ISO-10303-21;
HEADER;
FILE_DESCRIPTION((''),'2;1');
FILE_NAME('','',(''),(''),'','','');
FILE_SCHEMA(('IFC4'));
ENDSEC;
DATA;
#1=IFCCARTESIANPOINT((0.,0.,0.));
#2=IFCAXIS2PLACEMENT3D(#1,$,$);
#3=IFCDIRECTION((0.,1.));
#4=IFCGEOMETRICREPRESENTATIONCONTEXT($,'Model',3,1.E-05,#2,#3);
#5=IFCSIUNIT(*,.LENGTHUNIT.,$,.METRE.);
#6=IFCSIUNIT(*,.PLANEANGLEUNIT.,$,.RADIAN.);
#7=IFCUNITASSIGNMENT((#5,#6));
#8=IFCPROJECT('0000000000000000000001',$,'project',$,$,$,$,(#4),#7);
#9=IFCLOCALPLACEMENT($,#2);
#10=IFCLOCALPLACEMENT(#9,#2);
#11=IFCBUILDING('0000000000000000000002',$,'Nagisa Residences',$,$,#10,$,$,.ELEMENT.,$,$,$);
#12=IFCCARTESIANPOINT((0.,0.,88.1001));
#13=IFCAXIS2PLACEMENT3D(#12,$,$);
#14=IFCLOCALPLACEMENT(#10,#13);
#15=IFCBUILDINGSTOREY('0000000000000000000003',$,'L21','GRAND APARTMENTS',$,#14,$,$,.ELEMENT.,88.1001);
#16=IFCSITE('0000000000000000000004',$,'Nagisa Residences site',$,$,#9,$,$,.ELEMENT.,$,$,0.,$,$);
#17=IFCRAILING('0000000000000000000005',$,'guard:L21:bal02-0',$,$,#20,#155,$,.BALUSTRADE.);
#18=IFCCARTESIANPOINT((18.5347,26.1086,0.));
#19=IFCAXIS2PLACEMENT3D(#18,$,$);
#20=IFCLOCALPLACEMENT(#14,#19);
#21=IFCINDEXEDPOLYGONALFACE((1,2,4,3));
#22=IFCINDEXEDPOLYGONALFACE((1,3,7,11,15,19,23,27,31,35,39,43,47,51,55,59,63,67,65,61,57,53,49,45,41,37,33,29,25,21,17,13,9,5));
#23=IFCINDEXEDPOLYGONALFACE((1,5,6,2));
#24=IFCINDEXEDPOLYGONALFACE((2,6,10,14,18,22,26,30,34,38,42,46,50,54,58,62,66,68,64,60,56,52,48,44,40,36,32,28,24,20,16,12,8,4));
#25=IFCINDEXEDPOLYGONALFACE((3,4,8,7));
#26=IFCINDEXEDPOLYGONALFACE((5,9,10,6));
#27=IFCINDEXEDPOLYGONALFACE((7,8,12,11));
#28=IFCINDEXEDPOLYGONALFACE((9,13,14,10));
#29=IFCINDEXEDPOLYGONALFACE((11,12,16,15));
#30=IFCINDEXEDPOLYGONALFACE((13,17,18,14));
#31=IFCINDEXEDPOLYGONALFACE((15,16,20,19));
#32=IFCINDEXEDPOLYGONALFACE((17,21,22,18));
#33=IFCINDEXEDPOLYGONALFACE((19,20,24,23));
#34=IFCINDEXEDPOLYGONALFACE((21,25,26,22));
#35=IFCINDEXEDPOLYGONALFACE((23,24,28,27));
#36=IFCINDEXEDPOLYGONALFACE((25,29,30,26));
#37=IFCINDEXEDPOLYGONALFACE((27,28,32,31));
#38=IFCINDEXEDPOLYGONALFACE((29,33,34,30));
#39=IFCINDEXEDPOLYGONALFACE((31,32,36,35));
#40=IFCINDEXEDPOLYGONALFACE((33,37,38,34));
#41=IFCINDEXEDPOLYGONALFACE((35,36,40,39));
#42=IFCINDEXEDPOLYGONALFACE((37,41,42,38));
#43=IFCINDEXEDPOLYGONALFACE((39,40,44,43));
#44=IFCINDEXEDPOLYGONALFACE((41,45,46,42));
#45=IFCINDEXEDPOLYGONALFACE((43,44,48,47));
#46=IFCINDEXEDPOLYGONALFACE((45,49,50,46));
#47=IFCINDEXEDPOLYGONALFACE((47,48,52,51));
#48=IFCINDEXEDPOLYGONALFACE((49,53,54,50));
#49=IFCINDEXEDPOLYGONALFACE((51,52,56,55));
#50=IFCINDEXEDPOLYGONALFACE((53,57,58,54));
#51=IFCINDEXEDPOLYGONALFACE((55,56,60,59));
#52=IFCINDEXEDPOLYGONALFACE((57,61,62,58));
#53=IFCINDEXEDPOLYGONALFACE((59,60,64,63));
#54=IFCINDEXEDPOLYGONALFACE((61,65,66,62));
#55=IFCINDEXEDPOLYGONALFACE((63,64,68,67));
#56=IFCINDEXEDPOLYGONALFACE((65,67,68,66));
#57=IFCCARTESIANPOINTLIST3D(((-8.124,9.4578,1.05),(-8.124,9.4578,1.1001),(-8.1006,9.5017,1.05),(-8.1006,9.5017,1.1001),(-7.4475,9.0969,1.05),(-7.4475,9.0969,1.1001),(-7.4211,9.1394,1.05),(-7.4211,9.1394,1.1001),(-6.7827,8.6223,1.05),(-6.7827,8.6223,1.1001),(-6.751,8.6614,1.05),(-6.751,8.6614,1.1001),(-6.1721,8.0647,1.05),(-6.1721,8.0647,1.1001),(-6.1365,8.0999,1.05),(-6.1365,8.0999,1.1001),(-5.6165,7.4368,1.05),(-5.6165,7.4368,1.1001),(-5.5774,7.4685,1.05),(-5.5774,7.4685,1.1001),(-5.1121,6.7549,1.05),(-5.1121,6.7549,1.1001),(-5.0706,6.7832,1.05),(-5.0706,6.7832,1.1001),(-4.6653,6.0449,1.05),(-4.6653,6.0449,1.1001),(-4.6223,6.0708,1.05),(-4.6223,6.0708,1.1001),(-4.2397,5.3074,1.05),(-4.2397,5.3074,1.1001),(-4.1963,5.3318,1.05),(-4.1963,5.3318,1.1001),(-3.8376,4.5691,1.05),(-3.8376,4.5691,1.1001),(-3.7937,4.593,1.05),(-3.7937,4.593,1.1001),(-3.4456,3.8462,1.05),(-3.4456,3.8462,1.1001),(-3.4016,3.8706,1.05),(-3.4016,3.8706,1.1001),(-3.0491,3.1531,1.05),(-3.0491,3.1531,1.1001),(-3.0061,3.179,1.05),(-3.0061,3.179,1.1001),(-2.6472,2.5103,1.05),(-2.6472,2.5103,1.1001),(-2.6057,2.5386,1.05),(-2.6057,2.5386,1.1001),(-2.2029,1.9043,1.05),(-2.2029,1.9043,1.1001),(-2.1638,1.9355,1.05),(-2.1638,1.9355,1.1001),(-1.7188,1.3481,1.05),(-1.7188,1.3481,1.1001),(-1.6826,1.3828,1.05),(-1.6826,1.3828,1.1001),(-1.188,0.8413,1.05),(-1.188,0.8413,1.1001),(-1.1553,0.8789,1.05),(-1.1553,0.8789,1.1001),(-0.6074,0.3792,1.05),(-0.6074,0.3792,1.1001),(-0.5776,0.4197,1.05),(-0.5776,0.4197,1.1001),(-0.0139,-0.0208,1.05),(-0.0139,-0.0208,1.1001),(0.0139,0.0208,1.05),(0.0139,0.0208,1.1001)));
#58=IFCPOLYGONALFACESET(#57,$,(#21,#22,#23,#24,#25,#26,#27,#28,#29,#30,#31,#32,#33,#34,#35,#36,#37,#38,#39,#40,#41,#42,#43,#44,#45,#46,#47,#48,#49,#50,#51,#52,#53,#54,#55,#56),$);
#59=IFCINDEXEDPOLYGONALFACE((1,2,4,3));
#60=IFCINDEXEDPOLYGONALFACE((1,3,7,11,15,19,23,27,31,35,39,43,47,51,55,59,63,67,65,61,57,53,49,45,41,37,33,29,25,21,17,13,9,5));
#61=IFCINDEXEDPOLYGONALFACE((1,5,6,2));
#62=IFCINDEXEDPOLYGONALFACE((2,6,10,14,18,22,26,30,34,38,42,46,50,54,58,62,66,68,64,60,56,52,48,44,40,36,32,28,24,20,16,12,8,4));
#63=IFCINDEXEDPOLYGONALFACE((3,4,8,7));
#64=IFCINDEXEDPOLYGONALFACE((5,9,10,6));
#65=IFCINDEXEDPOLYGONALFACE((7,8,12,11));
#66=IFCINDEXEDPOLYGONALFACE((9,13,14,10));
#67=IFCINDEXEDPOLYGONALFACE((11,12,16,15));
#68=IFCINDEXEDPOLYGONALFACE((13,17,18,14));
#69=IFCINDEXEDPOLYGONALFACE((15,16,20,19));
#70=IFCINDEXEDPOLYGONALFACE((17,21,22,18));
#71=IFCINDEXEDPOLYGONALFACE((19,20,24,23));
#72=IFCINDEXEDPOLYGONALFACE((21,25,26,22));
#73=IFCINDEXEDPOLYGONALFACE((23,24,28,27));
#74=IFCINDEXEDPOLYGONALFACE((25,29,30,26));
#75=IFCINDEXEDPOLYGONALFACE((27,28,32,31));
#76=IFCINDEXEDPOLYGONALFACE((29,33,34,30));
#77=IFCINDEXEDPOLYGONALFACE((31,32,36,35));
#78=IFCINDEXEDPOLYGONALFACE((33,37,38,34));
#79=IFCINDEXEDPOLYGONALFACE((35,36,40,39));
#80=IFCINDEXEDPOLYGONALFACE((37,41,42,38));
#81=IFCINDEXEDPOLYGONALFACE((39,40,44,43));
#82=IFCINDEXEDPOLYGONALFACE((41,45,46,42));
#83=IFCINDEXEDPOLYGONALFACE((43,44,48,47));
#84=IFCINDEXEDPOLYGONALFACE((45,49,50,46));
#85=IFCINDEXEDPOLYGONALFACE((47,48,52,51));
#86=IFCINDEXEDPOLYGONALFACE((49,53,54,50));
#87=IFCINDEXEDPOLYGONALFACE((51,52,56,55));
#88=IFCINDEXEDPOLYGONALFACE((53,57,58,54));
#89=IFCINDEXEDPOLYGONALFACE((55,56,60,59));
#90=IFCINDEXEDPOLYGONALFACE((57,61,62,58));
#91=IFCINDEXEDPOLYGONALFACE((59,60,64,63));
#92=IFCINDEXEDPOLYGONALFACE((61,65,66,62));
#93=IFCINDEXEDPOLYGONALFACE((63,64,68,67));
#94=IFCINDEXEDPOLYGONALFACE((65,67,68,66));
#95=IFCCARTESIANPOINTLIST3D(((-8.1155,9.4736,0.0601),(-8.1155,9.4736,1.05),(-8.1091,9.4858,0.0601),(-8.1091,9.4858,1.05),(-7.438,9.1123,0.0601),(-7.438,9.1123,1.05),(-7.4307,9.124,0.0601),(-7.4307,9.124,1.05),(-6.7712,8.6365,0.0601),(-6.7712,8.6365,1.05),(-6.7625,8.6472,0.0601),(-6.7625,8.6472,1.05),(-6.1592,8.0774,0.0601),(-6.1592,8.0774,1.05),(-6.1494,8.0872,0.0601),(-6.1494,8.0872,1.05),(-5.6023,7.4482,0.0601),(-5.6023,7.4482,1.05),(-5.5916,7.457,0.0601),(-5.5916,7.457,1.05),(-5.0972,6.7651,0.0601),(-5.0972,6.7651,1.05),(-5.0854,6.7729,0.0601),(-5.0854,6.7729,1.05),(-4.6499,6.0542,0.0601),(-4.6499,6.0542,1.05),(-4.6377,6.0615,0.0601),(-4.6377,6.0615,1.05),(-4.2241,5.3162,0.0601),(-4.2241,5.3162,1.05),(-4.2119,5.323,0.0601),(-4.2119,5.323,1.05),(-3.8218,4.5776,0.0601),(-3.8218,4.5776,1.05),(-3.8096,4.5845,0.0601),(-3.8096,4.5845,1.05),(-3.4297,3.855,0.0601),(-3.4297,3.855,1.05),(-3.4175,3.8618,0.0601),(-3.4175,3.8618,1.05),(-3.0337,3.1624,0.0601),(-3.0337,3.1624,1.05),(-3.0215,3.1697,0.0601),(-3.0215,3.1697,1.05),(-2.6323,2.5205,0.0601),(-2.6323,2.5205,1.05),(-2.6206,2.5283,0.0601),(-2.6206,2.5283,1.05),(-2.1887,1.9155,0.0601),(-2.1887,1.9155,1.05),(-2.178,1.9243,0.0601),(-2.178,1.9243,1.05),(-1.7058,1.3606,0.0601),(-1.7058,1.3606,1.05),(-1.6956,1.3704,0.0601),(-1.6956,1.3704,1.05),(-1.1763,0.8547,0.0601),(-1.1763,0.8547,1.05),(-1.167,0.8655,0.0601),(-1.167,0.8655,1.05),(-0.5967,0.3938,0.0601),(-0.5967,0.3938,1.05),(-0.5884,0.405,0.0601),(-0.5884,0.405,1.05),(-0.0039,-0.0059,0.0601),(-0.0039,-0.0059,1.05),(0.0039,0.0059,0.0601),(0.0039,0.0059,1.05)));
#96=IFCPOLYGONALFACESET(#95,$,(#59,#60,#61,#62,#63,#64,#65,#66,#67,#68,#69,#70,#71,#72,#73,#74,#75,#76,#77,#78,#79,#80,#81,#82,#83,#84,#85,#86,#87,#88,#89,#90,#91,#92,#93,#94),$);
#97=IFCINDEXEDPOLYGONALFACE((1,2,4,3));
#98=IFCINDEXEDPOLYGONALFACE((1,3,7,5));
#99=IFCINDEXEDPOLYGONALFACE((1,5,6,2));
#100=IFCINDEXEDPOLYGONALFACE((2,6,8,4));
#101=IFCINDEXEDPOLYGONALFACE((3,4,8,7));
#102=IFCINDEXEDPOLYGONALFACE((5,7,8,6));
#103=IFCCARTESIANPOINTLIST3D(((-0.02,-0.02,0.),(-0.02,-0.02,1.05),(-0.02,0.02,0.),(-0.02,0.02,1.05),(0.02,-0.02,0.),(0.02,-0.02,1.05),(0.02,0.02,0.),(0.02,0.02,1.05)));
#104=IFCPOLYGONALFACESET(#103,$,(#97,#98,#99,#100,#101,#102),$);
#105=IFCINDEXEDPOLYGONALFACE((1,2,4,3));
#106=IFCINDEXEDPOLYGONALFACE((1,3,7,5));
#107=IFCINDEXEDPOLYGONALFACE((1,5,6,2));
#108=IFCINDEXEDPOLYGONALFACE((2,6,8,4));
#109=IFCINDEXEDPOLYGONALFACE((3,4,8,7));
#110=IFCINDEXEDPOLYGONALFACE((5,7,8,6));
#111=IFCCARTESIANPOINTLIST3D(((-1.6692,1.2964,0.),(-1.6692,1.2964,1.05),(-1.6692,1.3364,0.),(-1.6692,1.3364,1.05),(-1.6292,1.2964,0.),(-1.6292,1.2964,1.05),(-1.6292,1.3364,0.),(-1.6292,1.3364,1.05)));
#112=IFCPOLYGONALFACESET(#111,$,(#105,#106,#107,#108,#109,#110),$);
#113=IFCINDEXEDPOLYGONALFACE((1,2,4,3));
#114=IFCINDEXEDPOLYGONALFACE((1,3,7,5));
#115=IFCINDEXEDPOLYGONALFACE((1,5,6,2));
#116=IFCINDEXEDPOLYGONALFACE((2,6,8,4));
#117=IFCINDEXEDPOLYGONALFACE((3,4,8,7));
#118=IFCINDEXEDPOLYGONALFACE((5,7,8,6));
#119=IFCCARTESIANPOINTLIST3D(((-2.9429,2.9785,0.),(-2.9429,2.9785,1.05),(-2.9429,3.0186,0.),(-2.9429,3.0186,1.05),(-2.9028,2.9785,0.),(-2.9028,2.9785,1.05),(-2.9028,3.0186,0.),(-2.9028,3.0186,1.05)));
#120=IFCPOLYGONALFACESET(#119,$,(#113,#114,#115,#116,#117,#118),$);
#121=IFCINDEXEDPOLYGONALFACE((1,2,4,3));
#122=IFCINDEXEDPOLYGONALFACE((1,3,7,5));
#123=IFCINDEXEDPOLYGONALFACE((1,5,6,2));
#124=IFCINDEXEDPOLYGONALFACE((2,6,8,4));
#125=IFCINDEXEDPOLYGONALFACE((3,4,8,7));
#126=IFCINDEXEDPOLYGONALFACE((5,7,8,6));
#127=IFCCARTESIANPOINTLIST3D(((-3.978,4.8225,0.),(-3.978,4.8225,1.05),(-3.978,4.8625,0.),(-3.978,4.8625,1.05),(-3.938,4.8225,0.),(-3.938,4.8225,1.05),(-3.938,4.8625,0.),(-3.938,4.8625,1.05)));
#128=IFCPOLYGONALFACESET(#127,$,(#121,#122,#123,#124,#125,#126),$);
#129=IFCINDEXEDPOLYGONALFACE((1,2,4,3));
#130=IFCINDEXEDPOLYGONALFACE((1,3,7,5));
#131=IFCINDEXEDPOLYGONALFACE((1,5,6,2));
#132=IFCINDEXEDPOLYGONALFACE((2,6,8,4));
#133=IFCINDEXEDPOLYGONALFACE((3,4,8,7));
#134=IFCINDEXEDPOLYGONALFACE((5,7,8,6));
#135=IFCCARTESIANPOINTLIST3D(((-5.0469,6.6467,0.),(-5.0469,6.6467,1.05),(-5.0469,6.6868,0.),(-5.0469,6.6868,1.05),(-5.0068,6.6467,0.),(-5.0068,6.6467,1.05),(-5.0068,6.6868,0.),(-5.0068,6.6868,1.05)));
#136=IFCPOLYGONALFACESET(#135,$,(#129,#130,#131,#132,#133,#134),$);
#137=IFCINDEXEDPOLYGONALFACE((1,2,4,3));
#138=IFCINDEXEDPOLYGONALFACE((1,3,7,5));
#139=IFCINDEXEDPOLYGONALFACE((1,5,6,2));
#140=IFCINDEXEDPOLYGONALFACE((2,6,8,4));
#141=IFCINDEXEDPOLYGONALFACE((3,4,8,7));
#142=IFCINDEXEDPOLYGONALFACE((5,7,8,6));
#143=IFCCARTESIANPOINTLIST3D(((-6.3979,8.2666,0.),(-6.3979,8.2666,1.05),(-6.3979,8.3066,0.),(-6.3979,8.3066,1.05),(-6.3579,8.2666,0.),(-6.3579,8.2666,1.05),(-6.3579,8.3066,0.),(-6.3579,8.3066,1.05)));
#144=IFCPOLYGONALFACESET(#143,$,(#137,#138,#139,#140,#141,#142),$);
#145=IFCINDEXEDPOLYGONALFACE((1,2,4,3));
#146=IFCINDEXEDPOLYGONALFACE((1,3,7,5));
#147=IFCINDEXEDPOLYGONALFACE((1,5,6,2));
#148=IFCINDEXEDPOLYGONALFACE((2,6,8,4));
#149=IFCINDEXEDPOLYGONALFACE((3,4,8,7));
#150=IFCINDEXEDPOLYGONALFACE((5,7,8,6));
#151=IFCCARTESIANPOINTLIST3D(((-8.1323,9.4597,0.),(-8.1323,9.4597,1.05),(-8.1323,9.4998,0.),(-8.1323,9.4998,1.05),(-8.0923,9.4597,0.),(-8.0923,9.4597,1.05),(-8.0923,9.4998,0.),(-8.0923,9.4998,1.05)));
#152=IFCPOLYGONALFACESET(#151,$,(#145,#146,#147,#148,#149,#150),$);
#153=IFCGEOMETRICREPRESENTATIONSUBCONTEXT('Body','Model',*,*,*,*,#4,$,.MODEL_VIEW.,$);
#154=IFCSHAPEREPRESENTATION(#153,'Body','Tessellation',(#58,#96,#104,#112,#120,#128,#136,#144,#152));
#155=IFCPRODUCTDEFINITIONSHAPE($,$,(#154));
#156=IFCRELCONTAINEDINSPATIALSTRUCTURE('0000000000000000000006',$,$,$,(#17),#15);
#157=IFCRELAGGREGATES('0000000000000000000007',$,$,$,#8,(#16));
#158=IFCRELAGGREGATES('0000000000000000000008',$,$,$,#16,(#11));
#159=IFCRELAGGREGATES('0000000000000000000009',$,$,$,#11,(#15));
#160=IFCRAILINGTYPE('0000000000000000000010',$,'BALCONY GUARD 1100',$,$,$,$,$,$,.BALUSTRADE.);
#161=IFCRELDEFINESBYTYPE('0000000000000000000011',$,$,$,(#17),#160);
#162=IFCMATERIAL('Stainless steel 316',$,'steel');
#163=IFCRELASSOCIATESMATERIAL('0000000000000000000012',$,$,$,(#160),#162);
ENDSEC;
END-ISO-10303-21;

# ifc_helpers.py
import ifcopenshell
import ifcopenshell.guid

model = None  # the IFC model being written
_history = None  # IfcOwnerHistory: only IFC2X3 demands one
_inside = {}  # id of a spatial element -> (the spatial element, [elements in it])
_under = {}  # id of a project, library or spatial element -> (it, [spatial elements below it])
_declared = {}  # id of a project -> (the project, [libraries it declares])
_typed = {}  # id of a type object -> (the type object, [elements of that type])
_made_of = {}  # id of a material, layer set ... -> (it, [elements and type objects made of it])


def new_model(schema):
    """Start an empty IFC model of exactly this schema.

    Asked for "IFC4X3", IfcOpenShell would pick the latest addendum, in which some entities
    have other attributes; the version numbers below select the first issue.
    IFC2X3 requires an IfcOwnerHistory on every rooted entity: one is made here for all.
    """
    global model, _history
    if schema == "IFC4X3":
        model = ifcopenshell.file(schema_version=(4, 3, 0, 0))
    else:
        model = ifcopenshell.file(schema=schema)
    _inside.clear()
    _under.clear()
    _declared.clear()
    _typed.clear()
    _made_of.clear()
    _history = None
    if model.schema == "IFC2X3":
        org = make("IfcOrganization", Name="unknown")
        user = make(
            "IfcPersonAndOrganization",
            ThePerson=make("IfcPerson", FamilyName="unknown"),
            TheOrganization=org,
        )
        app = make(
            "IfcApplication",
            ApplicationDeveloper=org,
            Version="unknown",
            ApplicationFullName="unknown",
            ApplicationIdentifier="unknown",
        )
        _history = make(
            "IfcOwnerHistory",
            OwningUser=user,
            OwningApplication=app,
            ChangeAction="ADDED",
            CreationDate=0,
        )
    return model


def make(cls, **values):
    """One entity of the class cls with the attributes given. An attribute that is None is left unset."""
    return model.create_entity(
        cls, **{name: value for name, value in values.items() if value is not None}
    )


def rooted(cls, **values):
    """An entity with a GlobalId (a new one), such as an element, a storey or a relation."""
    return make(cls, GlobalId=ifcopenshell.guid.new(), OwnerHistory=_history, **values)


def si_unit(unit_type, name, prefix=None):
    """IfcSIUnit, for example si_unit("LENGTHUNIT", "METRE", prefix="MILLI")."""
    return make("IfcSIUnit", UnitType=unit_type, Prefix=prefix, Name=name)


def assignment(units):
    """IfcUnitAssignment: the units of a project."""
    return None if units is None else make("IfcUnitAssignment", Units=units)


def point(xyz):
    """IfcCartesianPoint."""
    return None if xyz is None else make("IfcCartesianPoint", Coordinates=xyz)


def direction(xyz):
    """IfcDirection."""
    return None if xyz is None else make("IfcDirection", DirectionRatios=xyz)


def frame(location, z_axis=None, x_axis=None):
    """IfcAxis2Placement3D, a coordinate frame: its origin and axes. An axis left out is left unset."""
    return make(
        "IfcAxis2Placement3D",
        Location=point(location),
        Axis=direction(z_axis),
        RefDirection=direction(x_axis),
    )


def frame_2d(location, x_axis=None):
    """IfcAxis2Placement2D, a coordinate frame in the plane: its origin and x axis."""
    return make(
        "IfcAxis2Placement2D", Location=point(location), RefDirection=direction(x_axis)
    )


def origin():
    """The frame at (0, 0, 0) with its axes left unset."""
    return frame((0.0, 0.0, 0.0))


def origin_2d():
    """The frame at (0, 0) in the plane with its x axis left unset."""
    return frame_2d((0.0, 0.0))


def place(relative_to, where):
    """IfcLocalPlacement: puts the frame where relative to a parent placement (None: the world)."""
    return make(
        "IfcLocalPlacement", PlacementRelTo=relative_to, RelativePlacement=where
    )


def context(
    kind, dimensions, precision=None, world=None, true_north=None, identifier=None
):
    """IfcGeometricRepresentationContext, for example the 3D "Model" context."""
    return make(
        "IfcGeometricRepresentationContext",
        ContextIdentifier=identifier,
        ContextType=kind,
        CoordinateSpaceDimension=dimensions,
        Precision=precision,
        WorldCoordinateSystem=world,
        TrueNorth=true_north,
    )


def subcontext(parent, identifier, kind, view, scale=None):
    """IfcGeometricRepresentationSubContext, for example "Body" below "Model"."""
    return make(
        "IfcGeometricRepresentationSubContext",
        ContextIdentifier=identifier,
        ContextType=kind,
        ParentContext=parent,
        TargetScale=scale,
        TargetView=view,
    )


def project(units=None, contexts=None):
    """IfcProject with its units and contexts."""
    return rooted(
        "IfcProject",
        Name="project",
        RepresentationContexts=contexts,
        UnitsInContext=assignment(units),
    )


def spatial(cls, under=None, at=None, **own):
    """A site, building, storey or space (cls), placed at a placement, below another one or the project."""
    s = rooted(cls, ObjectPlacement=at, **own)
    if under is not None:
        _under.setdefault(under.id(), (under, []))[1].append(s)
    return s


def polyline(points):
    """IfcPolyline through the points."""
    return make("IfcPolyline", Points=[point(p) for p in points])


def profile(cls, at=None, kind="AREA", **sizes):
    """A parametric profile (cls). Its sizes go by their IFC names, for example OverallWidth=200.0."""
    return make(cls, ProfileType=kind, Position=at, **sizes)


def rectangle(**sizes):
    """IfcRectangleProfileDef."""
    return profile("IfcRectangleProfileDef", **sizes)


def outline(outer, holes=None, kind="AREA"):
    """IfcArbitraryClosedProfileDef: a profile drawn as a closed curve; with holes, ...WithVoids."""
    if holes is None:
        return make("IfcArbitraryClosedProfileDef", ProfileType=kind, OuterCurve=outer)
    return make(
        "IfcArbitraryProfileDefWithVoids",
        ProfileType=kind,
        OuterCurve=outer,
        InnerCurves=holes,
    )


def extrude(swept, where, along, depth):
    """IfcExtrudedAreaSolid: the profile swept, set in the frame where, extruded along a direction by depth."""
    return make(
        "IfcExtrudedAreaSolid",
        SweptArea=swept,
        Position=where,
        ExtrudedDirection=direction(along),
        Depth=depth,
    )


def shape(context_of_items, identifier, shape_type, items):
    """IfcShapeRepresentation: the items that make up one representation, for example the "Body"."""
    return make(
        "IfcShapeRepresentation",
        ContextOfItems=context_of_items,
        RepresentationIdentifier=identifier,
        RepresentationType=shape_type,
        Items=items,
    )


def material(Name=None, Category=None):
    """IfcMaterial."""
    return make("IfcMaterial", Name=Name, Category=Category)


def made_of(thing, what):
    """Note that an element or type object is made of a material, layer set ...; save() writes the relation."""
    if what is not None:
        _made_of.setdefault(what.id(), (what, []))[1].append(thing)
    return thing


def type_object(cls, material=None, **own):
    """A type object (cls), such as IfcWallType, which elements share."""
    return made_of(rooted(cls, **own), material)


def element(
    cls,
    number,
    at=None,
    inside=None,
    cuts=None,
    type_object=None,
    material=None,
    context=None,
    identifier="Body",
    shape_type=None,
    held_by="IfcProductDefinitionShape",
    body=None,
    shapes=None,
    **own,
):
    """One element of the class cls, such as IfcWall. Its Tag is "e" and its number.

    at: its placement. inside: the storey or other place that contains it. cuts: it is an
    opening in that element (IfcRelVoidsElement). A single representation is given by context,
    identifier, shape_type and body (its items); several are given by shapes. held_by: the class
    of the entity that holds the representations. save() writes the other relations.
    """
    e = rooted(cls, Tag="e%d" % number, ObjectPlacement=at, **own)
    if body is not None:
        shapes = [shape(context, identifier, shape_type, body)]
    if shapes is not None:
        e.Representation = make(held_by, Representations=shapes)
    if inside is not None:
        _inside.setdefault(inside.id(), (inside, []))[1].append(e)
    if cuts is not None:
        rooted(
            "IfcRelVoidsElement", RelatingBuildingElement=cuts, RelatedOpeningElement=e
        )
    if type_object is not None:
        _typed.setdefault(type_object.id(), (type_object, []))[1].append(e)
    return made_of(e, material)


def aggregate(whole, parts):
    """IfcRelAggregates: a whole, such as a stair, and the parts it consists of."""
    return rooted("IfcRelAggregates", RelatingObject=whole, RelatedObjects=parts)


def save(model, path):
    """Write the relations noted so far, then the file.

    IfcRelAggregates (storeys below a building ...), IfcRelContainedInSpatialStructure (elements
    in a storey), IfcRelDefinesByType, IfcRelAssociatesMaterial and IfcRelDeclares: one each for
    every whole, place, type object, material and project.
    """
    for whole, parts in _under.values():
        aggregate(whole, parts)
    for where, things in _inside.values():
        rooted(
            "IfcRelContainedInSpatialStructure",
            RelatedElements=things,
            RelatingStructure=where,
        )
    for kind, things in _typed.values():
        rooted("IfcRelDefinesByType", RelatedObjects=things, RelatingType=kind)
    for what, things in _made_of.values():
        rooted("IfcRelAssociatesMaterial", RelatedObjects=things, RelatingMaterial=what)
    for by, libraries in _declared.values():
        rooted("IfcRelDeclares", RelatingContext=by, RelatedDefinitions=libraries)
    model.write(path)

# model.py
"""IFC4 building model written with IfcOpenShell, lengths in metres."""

from ifc_helpers import new_model, si_unit, direction, frame, origin, origin_2d, place, context, subcontext, project, spatial, polyline, rectangle, outline, extrude, material, type_object, element, save


model = new_model("IFC4")

# Units and contexts
model_context = context("Model", 3, precision=1e-05, world=origin(), true_north=direction((0.0, 1.0)))
body_context = subcontext(model_context, "Body", "Model", "MODEL_VIEW")
ifc_project = project(units=[si_unit("LENGTHUNIT", "METRE"), si_unit("PLANEANGLEUNIT", "RADIAN")], contexts=[model_context])

# Site, building, storey
site_placement = place(None, origin())
site = spatial("IfcSite", under=ifc_project, at=site_placement, Name="Nagisa Residences site", CompositionType="ELEMENT", RefElevation=0.0)
building_placement = place(site_placement, origin())
building = spatial("IfcBuilding", under=site, at=building_placement, Name="Nagisa Residences", CompositionType="ELEMENT")
storey_placement = place(building_placement, frame((0.0, 0.0, 88.1001)))
storey = spatial("IfcBuildingStorey", under=building, at=storey_placement, Name="L21", Description="GRAND APARTMENTS", CompositionType="ELEMENT", Elevation=88.1001)

# Railing
ifc_material_1 = material(Name="Stainless steel 316", Category="steel")
railing_type = type_object("IfcRailingType", Name="BALCONY GUARD 1100", PredefinedType="BALUSTRADE", material=ifc_material_1)
railing_1_placement = place(storey_placement, frame((18.5347, 26.1086, 0.0)))
element("IfcRailing", 1, at=railing_1_placement, inside=storey, type_object=railing_type, Name="guard:L21:bal02-0", PredefinedType="BALUSTRADE", context=body_context, shape_type="SweptSolid", body=[
    extrude(outline(polyline([(-0.6074, 0.3792), (-0.0139, -0.0208), (0.0139, 0.0208), (-0.5776, 0.4197), (-1.1553, 0.8789), (-1.6826, 1.3828), (-2.1638, 1.9355), (-2.6057, 2.5386), (-3.0061, 3.179), (-3.4016, 3.8706), (-3.7937, 4.593), (-4.1963, 5.3318), (-4.6223, 6.0708), (-5.0706, 6.7832), (-5.5774, 7.4685), (-6.1365, 8.0999), (-6.751, 8.6614), (-7.4211, 9.1394), (-8.1006, 9.5017), (-8.124, 9.4578), (-7.4475, 9.0969), (-6.7827, 8.6223), (-6.1721, 8.0647), (-5.6165, 7.4368), (-5.1121, 6.7549), (-4.6653, 6.0449), (-4.2397, 5.3074), (-3.8376, 4.5691), (-3.4456, 3.8462), (-3.0491, 3.1531), (-2.6472, 2.5103), (-2.2029, 1.9043), (-1.7188, 1.3481), (-1.188, 0.8413), (-0.6074, 0.3792)])), frame((0.0, 0.0, 1.05)), (0.0, 0.0, 1.0), 0.05),
    extrude(outline(polyline([(-0.5967, 0.3938), (-0.0039, -0.0059), (0.0039, 0.0059), (-0.5884, 0.405), (-1.167, 0.8655), (-1.6956, 1.3704), (-2.178, 1.9243), (-2.6206, 2.5283), (-3.0215, 3.1697), (-3.4175, 3.8618), (-3.8096, 4.5845), (-4.2119, 5.323), (-4.6377, 6.0615), (-5.0854, 6.7729), (-5.5916, 7.457), (-6.1494, 8.0872), (-6.7625, 8.6472), (-7.4307, 9.124), (-8.1091, 9.4858), (-8.1155, 9.4736), (-7.438, 9.1123), (-6.7712, 8.6365), (-6.1592, 8.0774), (-5.6023, 7.4482), (-5.0972, 6.7651), (-4.6499, 6.0542), (-4.2241, 5.3162), (-3.8218, 4.5776), (-3.4297, 3.855), (-3.0337, 3.1624), (-2.6323, 2.5205), (-2.1887, 1.9155), (-1.7058, 1.3606), (-1.1763, 0.8547), (-0.5967, 0.3938)])), frame((0.0, 0.0, 0.0601)), (0.0, 0.0, 1.0), 0.99),
    extrude(rectangle(XDim=0.04, YDim=0.04, at=origin_2d()), origin(), (0.0, 0.0, 1.0), 1.05),
    extrude(rectangle(XDim=0.04, YDim=0.04, at=origin_2d()), frame((-1.6492, 1.3164, 0.0)), (0.0, 0.0, 1.0), 1.05),
    extrude(rectangle(XDim=0.04, YDim=0.04, at=origin_2d()), frame((-2.9229, 2.9985, 0.0)), (0.0, 0.0, 1.0), 1.05),
    extrude(rectangle(XDim=0.04, YDim=0.04, at=origin_2d()), frame((-3.958, 4.8425, 0.0)), (0.0, 0.0, 1.0), 1.05),
    extrude(rectangle(XDim=0.04, YDim=0.04, at=origin_2d()), frame((-5.0269, 6.6667, 0.0)), (0.0, 0.0, 1.0), 1.05),
    extrude(rectangle(XDim=0.04, YDim=0.04, at=origin_2d()), frame((-6.3779, 8.2866, 0.0)), (0.0, 0.0, 1.0), 1.05),
    extrude(rectangle(XDim=0.04, YDim=0.04, at=origin_2d()), frame((-8.1123, 9.4797, 0.0)), (0.0, 0.0, 1.0), 1.05),
])

save(model, "model.ifc")
